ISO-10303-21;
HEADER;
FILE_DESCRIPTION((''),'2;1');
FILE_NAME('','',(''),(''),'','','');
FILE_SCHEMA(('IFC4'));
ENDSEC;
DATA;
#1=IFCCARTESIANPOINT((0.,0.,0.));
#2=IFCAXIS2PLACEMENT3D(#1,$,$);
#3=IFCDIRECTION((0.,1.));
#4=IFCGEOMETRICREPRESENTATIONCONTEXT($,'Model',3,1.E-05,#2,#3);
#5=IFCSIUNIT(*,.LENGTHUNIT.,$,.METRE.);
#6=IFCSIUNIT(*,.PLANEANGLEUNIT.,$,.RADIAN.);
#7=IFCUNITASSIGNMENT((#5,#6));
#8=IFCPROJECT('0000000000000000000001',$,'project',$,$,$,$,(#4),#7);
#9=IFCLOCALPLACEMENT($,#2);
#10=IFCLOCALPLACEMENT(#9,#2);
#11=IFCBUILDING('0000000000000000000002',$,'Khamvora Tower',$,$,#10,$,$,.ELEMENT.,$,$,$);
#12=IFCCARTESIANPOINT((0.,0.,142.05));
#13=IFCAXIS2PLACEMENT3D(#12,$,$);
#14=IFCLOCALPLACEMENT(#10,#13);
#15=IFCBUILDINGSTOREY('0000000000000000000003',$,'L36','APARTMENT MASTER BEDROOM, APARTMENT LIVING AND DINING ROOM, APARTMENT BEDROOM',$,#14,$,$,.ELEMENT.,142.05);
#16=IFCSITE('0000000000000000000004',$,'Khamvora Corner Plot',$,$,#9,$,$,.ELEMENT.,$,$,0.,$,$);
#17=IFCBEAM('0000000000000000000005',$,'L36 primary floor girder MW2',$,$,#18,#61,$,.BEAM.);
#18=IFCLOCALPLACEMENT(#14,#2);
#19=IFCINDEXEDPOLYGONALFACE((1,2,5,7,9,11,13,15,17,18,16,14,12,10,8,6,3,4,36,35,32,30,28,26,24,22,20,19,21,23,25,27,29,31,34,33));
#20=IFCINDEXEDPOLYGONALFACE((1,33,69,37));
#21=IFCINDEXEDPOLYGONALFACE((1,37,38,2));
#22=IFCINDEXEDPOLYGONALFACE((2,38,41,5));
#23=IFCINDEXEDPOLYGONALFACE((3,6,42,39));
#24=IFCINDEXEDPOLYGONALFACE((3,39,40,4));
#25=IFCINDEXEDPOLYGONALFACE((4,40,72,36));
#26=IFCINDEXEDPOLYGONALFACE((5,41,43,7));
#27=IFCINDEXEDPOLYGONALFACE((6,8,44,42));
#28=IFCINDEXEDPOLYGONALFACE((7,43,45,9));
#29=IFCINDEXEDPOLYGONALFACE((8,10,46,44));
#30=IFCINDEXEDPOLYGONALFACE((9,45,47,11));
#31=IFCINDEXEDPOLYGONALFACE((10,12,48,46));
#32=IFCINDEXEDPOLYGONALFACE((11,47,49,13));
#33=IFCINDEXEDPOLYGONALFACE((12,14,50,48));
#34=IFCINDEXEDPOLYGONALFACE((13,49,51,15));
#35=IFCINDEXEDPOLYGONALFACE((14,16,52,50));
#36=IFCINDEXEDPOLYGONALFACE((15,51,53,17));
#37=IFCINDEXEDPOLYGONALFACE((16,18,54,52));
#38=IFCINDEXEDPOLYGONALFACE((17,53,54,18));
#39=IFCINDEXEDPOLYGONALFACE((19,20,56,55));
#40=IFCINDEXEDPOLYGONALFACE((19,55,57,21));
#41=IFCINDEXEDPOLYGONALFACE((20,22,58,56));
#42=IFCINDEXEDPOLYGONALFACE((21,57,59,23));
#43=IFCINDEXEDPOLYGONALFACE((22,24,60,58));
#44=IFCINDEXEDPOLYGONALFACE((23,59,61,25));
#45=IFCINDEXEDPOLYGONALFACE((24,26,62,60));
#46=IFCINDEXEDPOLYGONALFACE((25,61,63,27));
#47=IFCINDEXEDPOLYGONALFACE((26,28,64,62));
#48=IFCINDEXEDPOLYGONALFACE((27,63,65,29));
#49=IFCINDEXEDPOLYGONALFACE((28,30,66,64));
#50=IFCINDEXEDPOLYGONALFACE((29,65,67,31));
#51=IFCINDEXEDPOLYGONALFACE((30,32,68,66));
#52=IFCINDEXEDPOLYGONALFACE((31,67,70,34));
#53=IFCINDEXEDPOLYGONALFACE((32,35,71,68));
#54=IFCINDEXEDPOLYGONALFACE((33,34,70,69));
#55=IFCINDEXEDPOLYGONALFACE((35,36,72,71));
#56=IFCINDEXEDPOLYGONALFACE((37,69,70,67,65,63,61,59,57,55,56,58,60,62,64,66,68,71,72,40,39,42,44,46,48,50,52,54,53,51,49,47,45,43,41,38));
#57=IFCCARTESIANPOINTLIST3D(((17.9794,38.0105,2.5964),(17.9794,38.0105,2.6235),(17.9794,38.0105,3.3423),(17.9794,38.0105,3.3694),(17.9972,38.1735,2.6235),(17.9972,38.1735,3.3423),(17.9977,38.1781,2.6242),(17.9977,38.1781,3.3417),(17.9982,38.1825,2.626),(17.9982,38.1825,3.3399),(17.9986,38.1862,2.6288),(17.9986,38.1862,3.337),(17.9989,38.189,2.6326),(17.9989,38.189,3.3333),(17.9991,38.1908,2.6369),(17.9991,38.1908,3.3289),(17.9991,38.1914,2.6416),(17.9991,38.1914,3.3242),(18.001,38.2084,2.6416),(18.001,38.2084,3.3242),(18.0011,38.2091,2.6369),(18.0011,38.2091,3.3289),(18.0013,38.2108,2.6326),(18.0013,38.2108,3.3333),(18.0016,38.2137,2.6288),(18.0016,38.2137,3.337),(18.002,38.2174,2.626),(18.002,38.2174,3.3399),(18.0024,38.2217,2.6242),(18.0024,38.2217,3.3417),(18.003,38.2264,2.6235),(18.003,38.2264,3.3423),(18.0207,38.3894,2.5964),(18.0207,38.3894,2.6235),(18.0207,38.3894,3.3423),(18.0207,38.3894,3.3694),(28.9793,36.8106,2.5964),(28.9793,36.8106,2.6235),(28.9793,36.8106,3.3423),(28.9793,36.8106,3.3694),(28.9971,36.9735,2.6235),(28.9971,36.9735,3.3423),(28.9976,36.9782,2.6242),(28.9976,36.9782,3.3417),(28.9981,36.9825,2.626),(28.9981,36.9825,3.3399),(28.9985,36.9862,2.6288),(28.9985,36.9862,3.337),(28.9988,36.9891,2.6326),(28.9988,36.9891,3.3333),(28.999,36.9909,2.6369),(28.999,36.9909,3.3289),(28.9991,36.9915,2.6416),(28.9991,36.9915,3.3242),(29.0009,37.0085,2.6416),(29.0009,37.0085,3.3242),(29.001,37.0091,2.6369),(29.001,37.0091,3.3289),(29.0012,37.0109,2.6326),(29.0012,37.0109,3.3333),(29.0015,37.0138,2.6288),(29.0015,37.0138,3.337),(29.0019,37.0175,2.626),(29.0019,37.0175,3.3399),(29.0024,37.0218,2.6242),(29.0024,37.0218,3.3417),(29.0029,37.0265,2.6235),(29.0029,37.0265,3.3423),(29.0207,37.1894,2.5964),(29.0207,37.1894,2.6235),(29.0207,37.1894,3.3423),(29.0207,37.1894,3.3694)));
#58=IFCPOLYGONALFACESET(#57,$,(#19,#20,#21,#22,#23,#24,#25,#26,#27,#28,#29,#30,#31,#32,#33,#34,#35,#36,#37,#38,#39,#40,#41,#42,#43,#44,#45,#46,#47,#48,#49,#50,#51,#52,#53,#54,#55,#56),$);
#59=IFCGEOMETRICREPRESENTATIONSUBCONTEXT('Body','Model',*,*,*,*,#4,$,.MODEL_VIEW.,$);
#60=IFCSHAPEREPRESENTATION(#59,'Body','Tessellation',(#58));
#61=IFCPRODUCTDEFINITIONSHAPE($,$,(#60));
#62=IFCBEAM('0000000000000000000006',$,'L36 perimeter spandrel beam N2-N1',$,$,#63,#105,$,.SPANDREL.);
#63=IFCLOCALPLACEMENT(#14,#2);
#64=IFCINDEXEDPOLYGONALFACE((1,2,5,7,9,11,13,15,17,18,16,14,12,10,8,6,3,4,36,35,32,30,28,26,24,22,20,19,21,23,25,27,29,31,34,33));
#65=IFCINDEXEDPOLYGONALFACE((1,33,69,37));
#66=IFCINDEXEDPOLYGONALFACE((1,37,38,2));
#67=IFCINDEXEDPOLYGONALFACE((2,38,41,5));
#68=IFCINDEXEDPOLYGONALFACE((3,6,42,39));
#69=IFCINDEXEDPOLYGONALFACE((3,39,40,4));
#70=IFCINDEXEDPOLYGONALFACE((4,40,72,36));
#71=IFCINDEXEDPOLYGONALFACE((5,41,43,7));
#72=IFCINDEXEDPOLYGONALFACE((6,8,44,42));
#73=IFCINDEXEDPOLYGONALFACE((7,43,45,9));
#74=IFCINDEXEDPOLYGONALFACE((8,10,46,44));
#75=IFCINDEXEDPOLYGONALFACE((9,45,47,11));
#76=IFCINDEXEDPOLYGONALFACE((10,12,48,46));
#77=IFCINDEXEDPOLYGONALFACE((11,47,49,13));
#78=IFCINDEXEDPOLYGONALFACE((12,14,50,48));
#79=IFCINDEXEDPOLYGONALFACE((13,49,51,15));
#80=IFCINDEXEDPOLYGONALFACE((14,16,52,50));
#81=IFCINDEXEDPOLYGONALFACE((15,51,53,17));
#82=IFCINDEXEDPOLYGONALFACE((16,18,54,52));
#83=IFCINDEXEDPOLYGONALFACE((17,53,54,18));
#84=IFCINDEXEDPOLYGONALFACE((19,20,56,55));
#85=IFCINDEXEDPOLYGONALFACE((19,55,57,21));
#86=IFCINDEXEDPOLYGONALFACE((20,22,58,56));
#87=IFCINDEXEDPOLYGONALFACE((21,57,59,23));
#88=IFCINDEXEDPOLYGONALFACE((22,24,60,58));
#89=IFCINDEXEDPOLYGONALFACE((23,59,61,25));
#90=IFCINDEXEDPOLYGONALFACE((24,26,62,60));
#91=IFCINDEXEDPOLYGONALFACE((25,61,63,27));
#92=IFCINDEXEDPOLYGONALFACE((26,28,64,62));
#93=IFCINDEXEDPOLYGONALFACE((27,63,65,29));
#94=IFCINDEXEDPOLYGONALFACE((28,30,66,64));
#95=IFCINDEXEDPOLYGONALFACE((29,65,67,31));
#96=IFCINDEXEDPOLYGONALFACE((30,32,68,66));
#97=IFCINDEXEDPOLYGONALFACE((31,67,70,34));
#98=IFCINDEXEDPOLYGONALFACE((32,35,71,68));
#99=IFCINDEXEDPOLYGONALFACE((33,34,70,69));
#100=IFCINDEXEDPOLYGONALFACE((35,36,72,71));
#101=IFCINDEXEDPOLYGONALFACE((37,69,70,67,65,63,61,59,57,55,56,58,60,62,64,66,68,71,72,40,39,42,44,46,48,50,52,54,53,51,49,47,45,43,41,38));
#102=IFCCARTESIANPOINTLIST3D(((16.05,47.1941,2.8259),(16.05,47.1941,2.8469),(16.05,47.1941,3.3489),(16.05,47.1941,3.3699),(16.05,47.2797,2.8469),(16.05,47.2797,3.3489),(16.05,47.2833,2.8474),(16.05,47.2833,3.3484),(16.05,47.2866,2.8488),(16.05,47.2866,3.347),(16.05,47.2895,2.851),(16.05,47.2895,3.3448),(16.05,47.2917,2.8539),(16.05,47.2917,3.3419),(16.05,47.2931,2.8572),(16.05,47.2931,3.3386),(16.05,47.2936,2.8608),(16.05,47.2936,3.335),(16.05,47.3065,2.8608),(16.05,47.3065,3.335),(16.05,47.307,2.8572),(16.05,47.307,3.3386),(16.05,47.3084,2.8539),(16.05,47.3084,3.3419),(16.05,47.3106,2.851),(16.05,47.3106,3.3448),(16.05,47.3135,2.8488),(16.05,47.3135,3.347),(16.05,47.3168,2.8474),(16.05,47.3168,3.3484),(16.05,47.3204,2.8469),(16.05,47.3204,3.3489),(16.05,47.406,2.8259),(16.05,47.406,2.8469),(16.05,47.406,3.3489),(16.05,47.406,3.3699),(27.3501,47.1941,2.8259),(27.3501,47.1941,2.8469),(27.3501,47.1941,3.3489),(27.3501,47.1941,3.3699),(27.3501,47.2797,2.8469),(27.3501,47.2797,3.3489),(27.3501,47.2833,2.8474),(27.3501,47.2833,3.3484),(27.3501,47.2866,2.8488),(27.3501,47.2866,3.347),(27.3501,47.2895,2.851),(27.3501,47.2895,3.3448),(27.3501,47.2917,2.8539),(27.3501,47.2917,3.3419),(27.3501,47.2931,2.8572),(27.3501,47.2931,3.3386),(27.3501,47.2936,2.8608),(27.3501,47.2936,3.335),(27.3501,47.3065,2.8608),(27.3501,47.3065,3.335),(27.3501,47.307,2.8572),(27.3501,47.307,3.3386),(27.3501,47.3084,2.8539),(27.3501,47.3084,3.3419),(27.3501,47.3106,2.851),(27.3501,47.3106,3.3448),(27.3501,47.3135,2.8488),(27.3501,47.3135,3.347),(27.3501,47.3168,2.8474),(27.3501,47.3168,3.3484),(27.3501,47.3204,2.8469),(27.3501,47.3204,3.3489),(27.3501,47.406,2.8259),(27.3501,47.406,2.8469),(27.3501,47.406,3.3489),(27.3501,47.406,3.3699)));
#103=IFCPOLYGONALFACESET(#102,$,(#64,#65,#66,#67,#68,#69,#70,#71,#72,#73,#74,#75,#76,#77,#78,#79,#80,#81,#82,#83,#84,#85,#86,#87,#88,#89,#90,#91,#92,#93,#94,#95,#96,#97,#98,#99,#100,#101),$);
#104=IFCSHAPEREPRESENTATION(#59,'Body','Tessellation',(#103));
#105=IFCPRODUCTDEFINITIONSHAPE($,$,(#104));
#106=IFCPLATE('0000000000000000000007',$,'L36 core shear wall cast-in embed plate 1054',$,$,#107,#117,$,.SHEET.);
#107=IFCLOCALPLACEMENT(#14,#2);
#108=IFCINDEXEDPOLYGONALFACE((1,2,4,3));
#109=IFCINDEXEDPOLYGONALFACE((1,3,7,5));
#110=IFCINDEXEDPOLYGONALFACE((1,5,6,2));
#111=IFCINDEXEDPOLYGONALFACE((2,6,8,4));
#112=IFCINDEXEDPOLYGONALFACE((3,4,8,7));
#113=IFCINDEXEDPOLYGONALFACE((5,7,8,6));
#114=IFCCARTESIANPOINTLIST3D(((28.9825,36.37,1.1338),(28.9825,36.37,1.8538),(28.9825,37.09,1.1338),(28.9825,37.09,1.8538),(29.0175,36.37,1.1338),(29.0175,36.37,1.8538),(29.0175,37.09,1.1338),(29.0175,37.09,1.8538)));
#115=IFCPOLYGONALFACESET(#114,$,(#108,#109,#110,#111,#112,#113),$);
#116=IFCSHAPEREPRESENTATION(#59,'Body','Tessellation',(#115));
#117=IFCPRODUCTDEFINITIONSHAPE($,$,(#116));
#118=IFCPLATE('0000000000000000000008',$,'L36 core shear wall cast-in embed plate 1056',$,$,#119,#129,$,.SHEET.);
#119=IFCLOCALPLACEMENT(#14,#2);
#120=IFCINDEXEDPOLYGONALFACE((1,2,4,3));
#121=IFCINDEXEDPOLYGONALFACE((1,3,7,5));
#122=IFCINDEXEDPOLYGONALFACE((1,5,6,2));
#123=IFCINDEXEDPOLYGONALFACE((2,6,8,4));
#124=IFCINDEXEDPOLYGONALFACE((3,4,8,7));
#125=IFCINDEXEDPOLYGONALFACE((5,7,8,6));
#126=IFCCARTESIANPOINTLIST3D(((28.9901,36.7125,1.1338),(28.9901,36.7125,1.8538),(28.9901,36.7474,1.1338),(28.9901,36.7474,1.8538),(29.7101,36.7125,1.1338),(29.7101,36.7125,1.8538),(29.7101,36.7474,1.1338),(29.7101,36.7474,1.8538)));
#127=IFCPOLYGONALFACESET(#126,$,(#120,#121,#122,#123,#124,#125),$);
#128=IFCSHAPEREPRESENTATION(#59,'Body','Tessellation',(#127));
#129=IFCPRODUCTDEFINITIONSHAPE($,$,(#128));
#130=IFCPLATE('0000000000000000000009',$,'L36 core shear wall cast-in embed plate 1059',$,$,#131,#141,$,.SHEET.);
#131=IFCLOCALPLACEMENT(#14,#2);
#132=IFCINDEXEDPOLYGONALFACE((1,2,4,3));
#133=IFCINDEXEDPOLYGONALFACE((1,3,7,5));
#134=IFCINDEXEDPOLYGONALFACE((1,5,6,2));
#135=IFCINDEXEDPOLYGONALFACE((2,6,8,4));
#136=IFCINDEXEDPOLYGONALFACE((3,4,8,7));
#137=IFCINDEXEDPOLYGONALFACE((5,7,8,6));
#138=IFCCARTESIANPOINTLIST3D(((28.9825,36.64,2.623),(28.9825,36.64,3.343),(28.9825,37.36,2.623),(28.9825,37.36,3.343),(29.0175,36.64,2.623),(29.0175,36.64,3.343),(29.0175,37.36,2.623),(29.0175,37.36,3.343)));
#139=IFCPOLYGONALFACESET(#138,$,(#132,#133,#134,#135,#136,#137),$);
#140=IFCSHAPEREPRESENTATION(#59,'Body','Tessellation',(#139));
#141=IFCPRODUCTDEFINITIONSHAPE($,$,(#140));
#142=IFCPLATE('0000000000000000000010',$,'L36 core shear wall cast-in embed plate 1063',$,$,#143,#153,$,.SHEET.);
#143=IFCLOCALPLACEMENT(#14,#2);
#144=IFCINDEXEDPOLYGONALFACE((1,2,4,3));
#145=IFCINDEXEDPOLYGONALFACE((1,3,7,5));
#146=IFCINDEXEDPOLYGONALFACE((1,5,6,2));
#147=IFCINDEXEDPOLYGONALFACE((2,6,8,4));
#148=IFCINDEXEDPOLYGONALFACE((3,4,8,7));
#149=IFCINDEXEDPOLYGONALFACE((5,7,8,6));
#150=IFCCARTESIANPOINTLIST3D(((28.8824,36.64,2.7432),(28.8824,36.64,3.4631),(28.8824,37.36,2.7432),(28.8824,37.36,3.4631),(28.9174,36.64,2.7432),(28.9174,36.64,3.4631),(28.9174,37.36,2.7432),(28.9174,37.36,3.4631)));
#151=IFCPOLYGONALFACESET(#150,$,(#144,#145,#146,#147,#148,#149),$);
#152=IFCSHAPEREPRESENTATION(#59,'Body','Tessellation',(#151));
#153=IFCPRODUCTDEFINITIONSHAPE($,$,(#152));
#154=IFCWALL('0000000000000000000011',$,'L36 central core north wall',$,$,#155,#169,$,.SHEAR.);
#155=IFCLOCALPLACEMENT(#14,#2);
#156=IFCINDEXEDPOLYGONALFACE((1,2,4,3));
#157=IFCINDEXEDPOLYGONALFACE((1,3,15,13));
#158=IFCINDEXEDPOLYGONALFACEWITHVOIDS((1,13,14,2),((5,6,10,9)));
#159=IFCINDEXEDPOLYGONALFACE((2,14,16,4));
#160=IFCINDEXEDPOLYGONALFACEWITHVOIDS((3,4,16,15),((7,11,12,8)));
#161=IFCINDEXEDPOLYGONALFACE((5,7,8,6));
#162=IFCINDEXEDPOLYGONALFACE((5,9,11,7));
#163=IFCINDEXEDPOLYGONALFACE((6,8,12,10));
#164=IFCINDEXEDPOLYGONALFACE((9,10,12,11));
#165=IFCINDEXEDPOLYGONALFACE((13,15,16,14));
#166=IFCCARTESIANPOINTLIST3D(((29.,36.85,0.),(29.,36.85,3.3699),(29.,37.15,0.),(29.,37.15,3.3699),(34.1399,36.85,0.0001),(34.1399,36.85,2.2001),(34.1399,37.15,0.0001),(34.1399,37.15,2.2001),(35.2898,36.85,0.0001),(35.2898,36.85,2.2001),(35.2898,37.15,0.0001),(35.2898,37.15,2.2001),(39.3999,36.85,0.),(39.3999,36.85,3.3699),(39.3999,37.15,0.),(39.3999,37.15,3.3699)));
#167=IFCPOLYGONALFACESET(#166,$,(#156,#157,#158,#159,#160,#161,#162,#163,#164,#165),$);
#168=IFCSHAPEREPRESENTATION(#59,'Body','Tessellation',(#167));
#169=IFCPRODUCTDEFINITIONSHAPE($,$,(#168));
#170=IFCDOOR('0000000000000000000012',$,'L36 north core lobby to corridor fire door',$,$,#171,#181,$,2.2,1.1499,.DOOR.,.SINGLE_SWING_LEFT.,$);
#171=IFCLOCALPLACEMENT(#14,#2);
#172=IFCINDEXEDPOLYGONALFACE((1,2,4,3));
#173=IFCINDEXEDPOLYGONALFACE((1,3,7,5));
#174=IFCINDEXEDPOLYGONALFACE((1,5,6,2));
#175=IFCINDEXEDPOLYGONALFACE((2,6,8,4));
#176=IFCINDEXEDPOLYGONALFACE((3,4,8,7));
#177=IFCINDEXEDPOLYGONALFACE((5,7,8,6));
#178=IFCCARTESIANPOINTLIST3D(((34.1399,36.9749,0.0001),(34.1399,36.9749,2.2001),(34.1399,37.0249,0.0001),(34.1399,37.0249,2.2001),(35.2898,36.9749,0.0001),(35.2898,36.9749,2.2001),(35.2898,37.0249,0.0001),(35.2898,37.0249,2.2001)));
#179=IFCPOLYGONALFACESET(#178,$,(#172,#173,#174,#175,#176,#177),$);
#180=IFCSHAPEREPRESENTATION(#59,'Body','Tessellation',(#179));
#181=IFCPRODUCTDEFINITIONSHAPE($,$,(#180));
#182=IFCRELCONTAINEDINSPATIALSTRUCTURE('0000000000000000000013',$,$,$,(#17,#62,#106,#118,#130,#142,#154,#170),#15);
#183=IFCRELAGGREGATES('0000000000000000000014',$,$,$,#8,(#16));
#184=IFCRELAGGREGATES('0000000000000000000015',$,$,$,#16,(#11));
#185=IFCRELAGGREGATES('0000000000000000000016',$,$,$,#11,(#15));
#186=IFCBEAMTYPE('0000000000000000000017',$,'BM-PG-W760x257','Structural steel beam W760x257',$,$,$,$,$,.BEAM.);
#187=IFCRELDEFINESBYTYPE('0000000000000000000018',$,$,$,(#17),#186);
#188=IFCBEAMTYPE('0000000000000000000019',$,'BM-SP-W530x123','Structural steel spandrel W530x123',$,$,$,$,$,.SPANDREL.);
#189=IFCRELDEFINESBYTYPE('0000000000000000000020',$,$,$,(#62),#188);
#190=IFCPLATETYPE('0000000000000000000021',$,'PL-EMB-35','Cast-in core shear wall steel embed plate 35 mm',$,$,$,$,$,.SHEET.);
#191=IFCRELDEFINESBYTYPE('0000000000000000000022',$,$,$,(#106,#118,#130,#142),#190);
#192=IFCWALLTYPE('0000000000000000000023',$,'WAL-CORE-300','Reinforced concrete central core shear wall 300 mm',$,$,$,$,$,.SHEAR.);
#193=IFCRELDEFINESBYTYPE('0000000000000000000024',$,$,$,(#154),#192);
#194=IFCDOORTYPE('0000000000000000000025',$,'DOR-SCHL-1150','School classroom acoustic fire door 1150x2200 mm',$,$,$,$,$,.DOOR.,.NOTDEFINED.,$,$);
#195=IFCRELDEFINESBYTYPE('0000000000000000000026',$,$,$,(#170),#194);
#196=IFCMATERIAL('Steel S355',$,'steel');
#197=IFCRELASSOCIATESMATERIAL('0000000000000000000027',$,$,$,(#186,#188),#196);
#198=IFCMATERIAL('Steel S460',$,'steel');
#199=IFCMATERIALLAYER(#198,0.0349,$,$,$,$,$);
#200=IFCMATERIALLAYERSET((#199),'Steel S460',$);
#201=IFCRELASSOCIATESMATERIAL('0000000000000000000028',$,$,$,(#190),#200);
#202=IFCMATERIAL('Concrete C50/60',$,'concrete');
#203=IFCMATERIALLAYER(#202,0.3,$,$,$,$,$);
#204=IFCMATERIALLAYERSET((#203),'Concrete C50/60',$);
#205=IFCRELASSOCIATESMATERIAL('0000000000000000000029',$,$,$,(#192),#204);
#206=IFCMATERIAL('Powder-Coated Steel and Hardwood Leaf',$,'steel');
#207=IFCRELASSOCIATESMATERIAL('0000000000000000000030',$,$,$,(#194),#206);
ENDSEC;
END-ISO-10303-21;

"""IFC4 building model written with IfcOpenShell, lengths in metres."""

from ifc_helpers import new_model, si_unit, direction, frame, frame_2d, origin, origin_2d, place, context, subcontext, project, spatial, rectangle, i_section, extrude, material, layer, layer_set, material_profile, profile_set, type_object, element, fill, save


model = new_model("IFC4")

# Units and contexts
model_context = context("Model", 3, precision=1e-05, world=origin(), true_north=direction((0.0, 1.0)))
body_context = subcontext(model_context, "Body", "Model", "MODEL_VIEW")
ifc_project = project(units=[si_unit("LENGTHUNIT", "METRE"), si_unit("PLANEANGLEUNIT", "RADIAN")], contexts=[model_context])

# Site, building, storey
site_placement = place(None, origin())
site = spatial("IfcSite", under=ifc_project, at=site_placement, Name="Khamvora Corner Plot", CompositionType="ELEMENT", RefElevation=0.0)
building_placement = place(site_placement, origin())
building = spatial("IfcBuilding", under=site, at=building_placement, Name="Khamvora Tower", CompositionType="ELEMENT")
storey_placement = place(building_placement, frame((0.0, 0.0, 142.05)))
storey = spatial("IfcBuildingStorey", under=building, at=storey_placement, Name="L36", Description="APARTMENT MASTER BEDROOM, APARTMENT LIVING AND DINING ROOM, APARTMENT BEDROOM", CompositionType="ELEMENT", Elevation=142.05)

# Shared definitions
ifc_material_1 = material(Name="Steel S460", Category="steel")
ifc_material_2 = material(Name="Steel S355", Category="steel")

# Beams
ifc_material_profile_1 = material_profile(ifc_material_2, i_section(OverallWidth=0.3811, OverallDepth=0.7729, WebThickness=0.0171, FlangeThickness=0.0271, FilletRadius=0.0181, at=origin_2d()), Name="W760x257")
ifc_profile_set_1 = profile_set([ifc_material_profile_1], Name="Steel S355")
beam_type_1 = type_object("IfcBeamType", Name="BM-PG-W760x257", Description="Structural steel beam W760x257", PredefinedType="BEAM", material=ifc_profile_set_1)
beam_1_placement = place(storey_placement, frame((29.0, 37.0, 2.9829), z_axis=(-0.994103, 0.108443, 0.0), x_axis=(-0.108443, -0.994103, 0.0)))
element("IfcBeam", 1, at=beam_1_placement, inside=storey, type_object=beam_type_1, Name="L36 primary floor girder MW2", PredefinedType="BEAM", context=body_context, shape_type="SweptSolid", body=[
    extrude(i_section(OverallWidth=0.3811, OverallDepth=0.7729, WebThickness=0.0171, FlangeThickness=0.0271, FilletRadius=0.0181, at=origin_2d()), origin(), (0.0, 0.0, 1.0), 11.0652),
])
ifc_material_profile_2 = material_profile(ifc_material_2, i_section(OverallWidth=0.2119, OverallDepth=0.5439, WebThickness=0.0129, FlangeThickness=0.021, FilletRadius=0.0139, at=origin_2d()), Name="W530x123")
ifc_profile_set_2 = profile_set([ifc_material_profile_2], Name="Steel S355")
beam_type_2 = type_object("IfcBeamType", Name="BM-SP-W530x123", Description="Structural steel spandrel W530x123", PredefinedType="SPANDREL", material=ifc_profile_set_2)
beam_2_placement = place(storey_placement, frame((27.3501, 47.3, 3.0979), z_axis=(-1.0, 0.0, 0.0), x_axis=(0.0, -1.0, 0.0)))
element("IfcBeam", 2, at=beam_2_placement, inside=storey, type_object=beam_type_2, Name="L36 perimeter spandrel beam N2-N1", PredefinedType="SPANDREL", context=body_context, shape_type="SweptSolid", body=[
    extrude(i_section(OverallWidth=0.2119, OverallDepth=0.5439, WebThickness=0.0129, FlangeThickness=0.021, FilletRadius=0.0139, at=origin_2d()), origin(), (0.0, 0.0, 1.0), 11.3),
])

# Plates
ifc_layer_1 = layer(ifc_material_1, 0.0349)
ifc_layer_set_1 = layer_set([ifc_layer_1], Name="Steel S460")
plate_type = type_object("IfcPlateType", Name="PL-EMB-35", Description="Cast-in core shear wall steel embed plate 35 mm", PredefinedType="SHEET", material=ifc_layer_set_1)
plate_1_placement = place(storey_placement, frame((29.0, 36.73, 1.1338), z_axis=(0.0, 0.0, 1.0), x_axis=(1.0, 0.0, 0.0)))
element("IfcPlate", 3, at=plate_1_placement, inside=storey, type_object=plate_type, Name="L36 core shear wall cast-in embed plate 1054", PredefinedType="SHEET", context=body_context, shape_type="SweptSolid", body=[
    extrude(rectangle(XDim=0.0349, YDim=0.72, at=origin_2d()), origin(), (0.0, 0.0, 1.0), 0.72),
])
plate_2_placement = place(storey_placement, frame((29.3501, 36.73, 1.1338), z_axis=(0.0, 0.0, 1.0), x_axis=(1.0, 0.0, 0.0)))
element("IfcPlate", 4, at=plate_2_placement, inside=storey, type_object=plate_type, Name="L36 core shear wall cast-in embed plate 1056", PredefinedType="SHEET", context=body_context, shape_type="SweptSolid", body=[
    extrude(rectangle(XDim=0.72, YDim=0.0349, at=origin_2d()), origin(), (0.0, 0.0, 1.0), 0.72),
])
for number, where, z_axis, x_axis, name in (
    (5, (29.0, 37.0, 2.623), (0.0, 0.0, 1.0), (1.0, 0.0, 0.0), "L36 core shear wall cast-in embed plate 1059"),
    (6, (28.8999, 37.0, 2.7432), (0.0, 0.0, 1.0), (1.0, 0.0, 0.0), "L36 core shear wall cast-in embed plate 1063"),
):
    element("IfcPlate", number, at=place(storey_placement, frame(where, z_axis=z_axis, x_axis=x_axis)), inside=storey, type_object=plate_type, Name=name, PredefinedType="SHEET", context=body_context, shape_type="SweptSolid", body=[
        extrude(rectangle(XDim=0.0349, YDim=0.72, at=origin_2d()), origin(), (0.0, 0.0, 1.0), 0.72),
    ])

# Wall, opening, door
ifc_material_3 = material(Name="Concrete C50/60", Category="concrete")
ifc_layer_2 = layer(ifc_material_3, 0.3)
ifc_layer_set_2 = layer_set([ifc_layer_2], Name="Concrete C50/60")
wall_type_1 = type_object("IfcWallType", Name="WAL-CORE-300", Description="Reinforced concrete central core shear wall 300 mm", PredefinedType="SHEAR", material=ifc_layer_set_2)
wall_1_placement = place(storey_placement, frame((29.0, 37.0, 0.0), z_axis=(0.0, 0.0, 1.0), x_axis=(1.0, 0.0, 0.0)))
wall_1 = element("IfcWall", 7, at=wall_1_placement, inside=storey, type_object=wall_type_1, Name="L36 central core north wall", PredefinedType="SHEAR", context=body_context, shape_type="SweptSolid", body=[
    extrude(rectangle(XDim=10.3999, YDim=0.3, at=frame_2d((5.2, 0.0))), origin(), (0.0, 0.0, 1.0), 3.3699),
])
opening_1_placement = place(wall_1_placement, frame((5.1399, 0.0, 0.0)))
opening_1 = element("IfcOpeningElement", 8, at=opening_1_placement, cuts=wall_1, PredefinedType="OPENING", context=body_context, shape_type="SweptSolid", body=[
    extrude(rectangle(XDim=1.1499, YDim=2.2, at=frame_2d((0.575, 1.1001))), frame((0.0, 0.1599, 0.0), z_axis=(0.0, -1.0, 0.0), x_axis=(1.0, 0.0, 0.0)), (0.0, 0.0, 1.0), 0.3201),
])
ifc_material_4 = material(Name="Powder-Coated Steel and Hardwood Leaf", Category="steel")
door_type_1 = type_object("IfcDoorType", Name="DOR-SCHL-1150", Description="School classroom acoustic fire door 1150x2200 mm", OperationType="NOTDEFINED", PredefinedType="DOOR", material=ifc_material_4)
door_1_placement = place(opening_1_placement, origin())
door_1 = element("IfcDoor", 9, at=door_1_placement, inside=storey, type_object=door_type_1, Name="L36 north core lobby to corridor fire door", OperationType="SINGLE_SWING_LEFT", OverallHeight=2.2, OverallWidth=1.1499, PredefinedType="DOOR", context=body_context, shape_type="SweptSolid", body=[
    extrude(rectangle(XDim=1.1499, YDim=2.2, at=frame_2d((0.575, 1.1001))), frame((0.0, 0.0249, 0.0), z_axis=(0.0, -1.0, 0.0), x_axis=(1.0, 0.0, 0.0)), (0.0, 0.0, 1.0), 0.05),
])
fill(opening_1, door_1)

save(model, "model.ifc")
